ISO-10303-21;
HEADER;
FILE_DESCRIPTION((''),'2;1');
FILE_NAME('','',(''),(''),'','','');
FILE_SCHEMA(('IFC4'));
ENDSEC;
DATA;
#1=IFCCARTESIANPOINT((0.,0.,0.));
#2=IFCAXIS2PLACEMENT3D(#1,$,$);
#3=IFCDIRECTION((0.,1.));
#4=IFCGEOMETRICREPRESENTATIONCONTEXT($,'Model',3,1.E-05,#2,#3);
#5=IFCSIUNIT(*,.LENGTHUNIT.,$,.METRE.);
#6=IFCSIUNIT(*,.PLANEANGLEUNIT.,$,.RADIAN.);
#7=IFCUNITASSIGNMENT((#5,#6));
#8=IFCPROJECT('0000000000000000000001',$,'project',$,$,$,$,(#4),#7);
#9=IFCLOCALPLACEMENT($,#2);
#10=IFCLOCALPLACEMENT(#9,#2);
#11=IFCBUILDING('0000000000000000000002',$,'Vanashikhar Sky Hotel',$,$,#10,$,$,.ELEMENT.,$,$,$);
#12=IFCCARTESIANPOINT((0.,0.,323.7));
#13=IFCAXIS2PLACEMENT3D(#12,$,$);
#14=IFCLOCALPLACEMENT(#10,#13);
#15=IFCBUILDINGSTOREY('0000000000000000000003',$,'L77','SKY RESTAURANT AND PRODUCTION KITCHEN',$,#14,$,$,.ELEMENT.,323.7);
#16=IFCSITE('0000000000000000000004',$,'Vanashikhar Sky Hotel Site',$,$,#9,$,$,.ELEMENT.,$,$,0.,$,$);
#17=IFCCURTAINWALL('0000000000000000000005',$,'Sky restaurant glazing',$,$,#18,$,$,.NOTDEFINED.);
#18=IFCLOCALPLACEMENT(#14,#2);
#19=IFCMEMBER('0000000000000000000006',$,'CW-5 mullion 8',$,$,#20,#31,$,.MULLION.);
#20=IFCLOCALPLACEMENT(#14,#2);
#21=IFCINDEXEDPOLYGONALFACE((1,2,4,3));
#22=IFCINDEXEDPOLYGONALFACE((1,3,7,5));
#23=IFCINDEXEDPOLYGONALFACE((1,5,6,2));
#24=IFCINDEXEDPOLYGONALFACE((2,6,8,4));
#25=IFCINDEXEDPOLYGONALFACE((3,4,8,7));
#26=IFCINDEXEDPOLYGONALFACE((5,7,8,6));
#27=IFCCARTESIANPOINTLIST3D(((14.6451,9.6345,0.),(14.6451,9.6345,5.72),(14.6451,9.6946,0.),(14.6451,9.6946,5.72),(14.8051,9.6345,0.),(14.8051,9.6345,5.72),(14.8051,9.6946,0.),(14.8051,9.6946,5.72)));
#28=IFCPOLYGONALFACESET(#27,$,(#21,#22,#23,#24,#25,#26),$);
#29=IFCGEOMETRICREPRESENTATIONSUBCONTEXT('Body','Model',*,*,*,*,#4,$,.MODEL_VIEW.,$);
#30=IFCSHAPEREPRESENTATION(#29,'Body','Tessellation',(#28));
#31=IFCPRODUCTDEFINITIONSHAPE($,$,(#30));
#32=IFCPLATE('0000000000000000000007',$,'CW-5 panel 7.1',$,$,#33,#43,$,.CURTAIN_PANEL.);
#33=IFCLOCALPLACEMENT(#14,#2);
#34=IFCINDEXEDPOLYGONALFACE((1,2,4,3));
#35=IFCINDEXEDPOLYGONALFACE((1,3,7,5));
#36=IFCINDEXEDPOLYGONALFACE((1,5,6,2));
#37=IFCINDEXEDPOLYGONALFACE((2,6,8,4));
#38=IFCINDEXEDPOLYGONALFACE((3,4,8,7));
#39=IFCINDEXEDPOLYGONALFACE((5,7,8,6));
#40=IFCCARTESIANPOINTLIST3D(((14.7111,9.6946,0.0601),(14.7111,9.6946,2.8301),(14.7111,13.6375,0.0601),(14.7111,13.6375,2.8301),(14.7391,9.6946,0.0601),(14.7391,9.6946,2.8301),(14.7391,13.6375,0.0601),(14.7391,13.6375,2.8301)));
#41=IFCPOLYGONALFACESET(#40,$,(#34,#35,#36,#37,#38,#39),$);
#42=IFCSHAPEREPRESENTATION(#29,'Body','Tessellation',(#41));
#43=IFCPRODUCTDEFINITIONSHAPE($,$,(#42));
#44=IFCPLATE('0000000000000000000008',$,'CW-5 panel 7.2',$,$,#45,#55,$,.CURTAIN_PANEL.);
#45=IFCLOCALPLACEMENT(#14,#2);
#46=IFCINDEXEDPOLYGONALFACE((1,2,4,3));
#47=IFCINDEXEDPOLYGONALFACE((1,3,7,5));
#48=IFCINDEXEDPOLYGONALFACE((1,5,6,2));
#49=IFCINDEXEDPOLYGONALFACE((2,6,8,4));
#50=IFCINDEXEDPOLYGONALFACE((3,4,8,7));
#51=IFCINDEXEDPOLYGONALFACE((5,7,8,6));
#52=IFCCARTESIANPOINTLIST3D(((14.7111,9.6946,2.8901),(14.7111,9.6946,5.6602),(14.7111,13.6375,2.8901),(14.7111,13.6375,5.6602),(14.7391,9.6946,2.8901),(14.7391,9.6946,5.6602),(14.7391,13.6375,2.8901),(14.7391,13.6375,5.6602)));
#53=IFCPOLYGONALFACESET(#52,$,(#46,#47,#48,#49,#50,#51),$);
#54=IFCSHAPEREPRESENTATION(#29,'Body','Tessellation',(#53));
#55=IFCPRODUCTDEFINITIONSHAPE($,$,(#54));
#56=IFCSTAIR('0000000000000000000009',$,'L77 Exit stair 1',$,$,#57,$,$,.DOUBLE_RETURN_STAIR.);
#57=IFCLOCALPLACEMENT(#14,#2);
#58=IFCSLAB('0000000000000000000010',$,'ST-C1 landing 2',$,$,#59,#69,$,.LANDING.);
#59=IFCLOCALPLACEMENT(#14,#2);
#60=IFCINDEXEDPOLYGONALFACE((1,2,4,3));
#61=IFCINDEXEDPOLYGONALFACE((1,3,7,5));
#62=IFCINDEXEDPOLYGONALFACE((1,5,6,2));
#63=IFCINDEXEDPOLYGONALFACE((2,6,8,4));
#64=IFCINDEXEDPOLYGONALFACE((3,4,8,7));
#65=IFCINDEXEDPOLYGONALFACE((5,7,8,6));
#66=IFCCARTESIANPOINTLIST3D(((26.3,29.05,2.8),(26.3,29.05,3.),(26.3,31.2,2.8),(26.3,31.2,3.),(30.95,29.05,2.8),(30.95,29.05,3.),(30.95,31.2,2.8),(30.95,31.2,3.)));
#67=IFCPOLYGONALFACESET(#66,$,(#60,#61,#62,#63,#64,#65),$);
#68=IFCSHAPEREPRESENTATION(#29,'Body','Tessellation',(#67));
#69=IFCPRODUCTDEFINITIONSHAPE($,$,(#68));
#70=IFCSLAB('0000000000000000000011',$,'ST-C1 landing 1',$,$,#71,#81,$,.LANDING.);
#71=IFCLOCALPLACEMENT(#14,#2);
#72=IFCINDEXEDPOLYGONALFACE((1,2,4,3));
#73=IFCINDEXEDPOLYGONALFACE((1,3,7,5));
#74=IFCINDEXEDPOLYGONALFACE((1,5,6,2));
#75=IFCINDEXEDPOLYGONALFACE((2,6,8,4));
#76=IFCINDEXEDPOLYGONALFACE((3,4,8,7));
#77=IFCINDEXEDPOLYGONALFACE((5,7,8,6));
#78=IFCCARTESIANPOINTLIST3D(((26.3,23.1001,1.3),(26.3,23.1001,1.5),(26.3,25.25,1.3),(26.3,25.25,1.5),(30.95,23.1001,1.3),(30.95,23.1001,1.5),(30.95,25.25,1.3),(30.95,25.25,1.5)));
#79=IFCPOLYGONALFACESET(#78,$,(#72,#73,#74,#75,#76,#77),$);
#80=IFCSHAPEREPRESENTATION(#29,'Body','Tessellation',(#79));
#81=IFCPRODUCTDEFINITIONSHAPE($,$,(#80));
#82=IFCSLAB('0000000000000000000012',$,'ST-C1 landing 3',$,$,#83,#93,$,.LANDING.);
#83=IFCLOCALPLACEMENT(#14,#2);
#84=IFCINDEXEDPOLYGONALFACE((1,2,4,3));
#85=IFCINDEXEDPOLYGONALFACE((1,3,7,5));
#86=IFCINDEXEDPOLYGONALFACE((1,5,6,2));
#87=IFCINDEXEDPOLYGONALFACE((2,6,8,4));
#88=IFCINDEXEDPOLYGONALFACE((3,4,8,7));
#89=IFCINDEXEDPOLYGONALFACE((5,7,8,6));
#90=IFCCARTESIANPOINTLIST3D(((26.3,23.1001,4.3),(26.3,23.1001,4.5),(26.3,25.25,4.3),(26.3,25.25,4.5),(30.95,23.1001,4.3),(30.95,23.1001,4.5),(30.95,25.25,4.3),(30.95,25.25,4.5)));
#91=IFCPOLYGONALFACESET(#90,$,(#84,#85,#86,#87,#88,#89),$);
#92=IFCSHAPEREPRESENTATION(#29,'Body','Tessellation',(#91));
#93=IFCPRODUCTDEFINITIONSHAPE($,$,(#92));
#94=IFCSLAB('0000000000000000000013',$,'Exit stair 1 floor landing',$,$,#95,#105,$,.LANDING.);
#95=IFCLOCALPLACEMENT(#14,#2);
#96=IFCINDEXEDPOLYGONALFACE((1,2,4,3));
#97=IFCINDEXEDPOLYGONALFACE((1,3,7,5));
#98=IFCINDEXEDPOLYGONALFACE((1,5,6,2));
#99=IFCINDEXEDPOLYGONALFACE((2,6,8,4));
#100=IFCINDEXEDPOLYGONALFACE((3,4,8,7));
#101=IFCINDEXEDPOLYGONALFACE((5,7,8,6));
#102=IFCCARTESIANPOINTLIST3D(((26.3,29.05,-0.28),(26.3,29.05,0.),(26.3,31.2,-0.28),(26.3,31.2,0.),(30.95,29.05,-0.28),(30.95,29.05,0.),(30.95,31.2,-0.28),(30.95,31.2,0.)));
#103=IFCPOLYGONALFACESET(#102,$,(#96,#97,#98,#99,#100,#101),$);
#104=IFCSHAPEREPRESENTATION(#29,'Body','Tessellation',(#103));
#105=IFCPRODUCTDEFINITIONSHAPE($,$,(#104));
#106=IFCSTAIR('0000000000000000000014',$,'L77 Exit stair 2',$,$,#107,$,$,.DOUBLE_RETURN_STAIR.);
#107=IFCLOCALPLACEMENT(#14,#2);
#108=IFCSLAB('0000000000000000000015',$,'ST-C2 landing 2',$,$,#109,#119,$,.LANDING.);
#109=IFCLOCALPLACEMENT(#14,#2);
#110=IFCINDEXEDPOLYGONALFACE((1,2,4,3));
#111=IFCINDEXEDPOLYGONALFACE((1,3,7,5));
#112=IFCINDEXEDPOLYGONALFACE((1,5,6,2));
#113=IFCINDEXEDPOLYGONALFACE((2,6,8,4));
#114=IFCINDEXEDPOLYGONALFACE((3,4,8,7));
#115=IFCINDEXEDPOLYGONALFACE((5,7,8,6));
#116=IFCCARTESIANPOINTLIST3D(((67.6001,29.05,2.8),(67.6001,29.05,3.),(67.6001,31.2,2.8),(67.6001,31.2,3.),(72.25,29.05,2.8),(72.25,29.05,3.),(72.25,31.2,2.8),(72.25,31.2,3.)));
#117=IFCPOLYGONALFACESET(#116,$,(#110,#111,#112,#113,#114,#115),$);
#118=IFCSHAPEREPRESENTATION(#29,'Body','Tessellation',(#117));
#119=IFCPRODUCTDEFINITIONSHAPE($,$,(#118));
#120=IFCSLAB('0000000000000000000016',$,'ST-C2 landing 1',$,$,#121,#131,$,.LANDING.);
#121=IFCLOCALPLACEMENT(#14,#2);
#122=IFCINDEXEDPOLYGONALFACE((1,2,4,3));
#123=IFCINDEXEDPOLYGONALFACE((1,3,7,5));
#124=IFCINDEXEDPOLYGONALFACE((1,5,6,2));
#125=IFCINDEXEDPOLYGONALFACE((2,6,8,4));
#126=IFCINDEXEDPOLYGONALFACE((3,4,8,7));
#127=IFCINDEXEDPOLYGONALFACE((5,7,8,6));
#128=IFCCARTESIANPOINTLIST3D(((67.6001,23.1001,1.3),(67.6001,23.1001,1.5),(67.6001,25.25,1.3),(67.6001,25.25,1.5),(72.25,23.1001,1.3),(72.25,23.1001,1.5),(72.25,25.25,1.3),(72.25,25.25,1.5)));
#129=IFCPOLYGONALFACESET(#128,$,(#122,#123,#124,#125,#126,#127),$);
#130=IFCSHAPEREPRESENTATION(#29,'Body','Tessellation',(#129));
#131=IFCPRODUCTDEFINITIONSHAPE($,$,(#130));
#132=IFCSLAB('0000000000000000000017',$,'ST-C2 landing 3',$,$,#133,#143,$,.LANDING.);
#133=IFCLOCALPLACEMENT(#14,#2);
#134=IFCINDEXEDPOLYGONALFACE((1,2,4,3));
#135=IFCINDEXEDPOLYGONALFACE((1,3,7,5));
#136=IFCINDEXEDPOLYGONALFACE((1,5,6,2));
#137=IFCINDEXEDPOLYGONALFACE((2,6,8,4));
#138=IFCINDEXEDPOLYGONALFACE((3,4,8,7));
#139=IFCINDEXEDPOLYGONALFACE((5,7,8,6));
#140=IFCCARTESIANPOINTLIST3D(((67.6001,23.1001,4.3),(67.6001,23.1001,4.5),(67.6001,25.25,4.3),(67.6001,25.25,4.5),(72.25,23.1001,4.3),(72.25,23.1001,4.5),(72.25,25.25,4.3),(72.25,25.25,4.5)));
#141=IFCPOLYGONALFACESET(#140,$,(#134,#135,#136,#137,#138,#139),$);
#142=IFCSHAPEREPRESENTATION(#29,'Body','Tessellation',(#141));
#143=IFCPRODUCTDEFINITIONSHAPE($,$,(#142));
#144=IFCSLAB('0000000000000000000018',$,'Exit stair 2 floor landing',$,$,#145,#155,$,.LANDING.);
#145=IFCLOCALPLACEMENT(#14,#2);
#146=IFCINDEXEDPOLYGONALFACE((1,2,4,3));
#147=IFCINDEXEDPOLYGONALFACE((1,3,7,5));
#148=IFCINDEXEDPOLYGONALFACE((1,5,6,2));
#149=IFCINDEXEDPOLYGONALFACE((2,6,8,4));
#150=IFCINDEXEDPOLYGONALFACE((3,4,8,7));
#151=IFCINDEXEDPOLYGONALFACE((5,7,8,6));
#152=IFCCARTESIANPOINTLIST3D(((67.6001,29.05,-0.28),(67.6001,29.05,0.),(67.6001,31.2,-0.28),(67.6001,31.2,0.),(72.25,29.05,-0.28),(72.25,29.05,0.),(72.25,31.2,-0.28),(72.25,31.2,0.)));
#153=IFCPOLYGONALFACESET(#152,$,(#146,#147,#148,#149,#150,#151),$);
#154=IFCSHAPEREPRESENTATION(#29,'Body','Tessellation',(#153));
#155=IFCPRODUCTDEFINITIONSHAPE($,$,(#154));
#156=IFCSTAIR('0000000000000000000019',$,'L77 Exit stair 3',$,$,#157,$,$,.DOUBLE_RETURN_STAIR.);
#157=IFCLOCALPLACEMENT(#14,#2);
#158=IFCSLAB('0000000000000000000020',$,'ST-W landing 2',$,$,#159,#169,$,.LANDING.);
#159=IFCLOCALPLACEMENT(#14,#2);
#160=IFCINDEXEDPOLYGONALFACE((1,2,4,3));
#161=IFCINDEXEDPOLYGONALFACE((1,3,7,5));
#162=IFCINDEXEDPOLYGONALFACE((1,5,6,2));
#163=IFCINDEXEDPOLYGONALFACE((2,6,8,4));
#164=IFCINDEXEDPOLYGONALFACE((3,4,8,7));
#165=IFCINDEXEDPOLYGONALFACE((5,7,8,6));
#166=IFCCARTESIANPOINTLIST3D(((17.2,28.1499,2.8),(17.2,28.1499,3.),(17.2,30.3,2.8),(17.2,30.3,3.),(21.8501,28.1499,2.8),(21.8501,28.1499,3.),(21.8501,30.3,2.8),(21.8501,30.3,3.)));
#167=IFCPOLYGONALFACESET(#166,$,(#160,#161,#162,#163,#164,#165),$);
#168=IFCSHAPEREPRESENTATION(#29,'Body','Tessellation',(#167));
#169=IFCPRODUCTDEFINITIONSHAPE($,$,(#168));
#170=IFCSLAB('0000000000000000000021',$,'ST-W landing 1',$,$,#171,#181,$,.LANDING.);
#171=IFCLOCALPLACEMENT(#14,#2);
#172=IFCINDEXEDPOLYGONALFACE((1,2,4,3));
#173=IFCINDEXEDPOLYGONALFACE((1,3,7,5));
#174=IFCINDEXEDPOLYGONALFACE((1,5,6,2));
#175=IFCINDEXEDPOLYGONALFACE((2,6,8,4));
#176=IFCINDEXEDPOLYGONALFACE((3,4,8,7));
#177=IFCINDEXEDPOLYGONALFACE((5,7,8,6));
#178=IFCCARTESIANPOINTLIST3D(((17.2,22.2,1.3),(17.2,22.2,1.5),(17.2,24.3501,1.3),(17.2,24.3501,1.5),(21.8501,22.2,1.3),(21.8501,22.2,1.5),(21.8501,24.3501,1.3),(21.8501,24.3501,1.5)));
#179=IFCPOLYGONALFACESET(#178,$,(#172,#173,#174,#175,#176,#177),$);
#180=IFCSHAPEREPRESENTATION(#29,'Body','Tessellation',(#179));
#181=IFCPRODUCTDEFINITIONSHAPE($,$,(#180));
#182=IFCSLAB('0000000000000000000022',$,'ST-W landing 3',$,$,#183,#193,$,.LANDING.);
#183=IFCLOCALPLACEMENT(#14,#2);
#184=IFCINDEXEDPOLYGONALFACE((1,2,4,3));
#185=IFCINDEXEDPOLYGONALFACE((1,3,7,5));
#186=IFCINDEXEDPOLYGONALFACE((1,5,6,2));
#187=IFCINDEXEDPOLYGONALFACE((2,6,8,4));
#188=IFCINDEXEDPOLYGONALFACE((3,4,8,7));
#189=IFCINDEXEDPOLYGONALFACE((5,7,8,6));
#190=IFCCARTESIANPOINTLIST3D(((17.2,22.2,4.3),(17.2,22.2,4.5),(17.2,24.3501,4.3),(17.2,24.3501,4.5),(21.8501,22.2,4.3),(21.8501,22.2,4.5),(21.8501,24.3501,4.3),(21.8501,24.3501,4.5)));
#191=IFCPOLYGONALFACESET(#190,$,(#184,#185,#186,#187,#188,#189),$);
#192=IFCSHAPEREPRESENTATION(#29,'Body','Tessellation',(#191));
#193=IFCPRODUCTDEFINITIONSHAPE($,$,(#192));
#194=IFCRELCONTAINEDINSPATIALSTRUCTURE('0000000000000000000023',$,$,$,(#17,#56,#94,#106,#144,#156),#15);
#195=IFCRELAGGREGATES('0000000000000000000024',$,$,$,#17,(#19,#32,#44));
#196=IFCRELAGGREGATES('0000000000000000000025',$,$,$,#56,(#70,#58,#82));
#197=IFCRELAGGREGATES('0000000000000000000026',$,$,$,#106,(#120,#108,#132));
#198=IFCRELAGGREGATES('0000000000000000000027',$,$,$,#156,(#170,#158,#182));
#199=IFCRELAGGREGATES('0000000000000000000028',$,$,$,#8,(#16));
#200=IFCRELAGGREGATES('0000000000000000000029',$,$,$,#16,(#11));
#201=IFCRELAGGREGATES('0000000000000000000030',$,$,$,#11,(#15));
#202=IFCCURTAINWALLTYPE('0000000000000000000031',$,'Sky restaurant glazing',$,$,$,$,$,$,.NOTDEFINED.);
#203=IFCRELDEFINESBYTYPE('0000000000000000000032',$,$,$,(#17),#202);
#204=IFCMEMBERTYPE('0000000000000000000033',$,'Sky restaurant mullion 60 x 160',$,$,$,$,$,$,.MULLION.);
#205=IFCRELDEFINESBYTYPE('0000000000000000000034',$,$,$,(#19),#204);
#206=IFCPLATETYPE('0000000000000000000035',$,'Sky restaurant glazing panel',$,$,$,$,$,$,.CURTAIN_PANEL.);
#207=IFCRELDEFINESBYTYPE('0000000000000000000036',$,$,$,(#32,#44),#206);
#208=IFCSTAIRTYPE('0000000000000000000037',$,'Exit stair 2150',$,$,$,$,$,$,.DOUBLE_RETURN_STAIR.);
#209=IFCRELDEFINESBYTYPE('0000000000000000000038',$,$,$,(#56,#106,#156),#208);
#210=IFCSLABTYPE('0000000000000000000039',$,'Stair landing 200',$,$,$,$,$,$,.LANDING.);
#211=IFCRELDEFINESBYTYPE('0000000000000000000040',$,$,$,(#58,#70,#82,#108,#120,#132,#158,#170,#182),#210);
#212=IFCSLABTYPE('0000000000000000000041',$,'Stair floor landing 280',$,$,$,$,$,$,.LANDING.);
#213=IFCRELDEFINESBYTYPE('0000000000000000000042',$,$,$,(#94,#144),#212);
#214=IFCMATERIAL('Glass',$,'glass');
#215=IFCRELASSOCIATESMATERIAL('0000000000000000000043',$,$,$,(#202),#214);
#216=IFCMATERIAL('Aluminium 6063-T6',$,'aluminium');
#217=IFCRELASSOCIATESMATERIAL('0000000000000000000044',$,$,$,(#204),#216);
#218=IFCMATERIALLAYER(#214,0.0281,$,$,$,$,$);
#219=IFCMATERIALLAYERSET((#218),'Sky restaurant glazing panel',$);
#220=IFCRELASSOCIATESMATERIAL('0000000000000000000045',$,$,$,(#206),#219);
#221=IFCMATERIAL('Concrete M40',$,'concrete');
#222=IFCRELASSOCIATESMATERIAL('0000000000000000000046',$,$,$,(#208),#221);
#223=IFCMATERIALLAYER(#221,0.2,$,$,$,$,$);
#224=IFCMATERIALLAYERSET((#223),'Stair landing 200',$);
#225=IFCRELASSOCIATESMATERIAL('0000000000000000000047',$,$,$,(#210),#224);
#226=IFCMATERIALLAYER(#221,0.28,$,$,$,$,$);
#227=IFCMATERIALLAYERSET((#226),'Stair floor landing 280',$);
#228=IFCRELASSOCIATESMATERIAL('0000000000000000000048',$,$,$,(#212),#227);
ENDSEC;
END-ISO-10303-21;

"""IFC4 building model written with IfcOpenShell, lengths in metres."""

from ifc_helpers import new_model, si_unit, direction, frame, origin, origin_2d, place, context, subcontext, project, spatial, polyline, rectangle, outline, extrude, source, transform, mapped, material, layer, layer_set, material_profile, profile_set, type_object, element, aggregate, save


model = new_model("IFC4")

# Units and contexts
model_context = context("Model", 3, precision=1e-05, world=origin(), true_north=direction((0.0, 1.0)))
body_context = subcontext(model_context, "Body", "Model", "MODEL_VIEW")
ifc_project = project(units=[si_unit("LENGTHUNIT", "METRE"), si_unit("PLANEANGLEUNIT", "RADIAN")], contexts=[model_context])

# Site, building, storey
site_placement = place(None, origin())
site = spatial("IfcSite", under=ifc_project, at=site_placement, Name="Vanashikhar Sky Hotel Site", CompositionType="ELEMENT", RefElevation=0.0)
building_placement = place(site_placement, origin())
building = spatial("IfcBuilding", under=site, at=building_placement, Name="Vanashikhar Sky Hotel", CompositionType="ELEMENT")
storey_placement = place(building_placement, frame((0.0, 0.0, 323.7)))
storey = spatial("IfcBuildingStorey", under=building, at=storey_placement, Name="L77", Description="SKY RESTAURANT AND PRODUCTION KITCHEN", CompositionType="ELEMENT", Elevation=323.7)

# Curtain wall, member
ifc_material_1 = material(Name="Glass", Category="glass")
curtain_wall_type = type_object("IfcCurtainWallType", Name="Sky restaurant glazing", PredefinedType="NOTDEFINED", material=ifc_material_1)
curtain_wall_placement = place(storey_placement, origin())
curtain_wall = element("IfcCurtainWall", 1, at=curtain_wall_placement, inside=storey, type_object=curtain_wall_type, Name="Sky restaurant glazing", PredefinedType="NOTDEFINED")
ifc_material_2 = material(Name="Aluminium 6063-T6", Category="aluminium")
ifc_material_profile = material_profile(ifc_material_2, rectangle(XDim=0.1599, YDim=0.0601, at=origin_2d()))
ifc_profile_set = profile_set([ifc_material_profile], Name="Aluminium 6063-T6")
member_type = type_object("IfcMemberType", Name="Sky restaurant mullion 60 x 160", PredefinedType="MULLION", material=ifc_profile_set)
shared_shape_1 = source(origin(), body_context, "Body", "SweptSolid", [
    extrude(rectangle(XDim=0.1599, YDim=0.0601, at=origin_2d()), origin(), (0.0, 0.0, 1.0), 5.72),
])
member_placement = place(storey_placement, frame((14.7251, 9.6646, 0.0), z_axis=(0.0, 0.0, 1.0), x_axis=(1.0, 0.0, 0.0)))
member = element("IfcMember", 2, at=member_placement, type_object=member_type, Name="CW-5 mullion 8", PredefinedType="MULLION", context=body_context, shape_type="MappedRepresentation", body=[
    mapped(shared_shape_1, transform((0.0, 0.0, 0.0), scale=1.0)),
])

# Shared definitions
ifc_material_3 = material(Name="Concrete M40", Category="concrete")

# Plates
ifc_layer_1 = layer(ifc_material_1, 0.0281)
ifc_layer_set_1 = layer_set([ifc_layer_1], Name="Sky restaurant glazing panel")
plate_type = type_object("IfcPlateType", Name="Sky restaurant glazing panel", PredefinedType="CURTAIN_PANEL", material=ifc_layer_set_1)
shared_shape_2 = source(origin(), body_context, "Body", "SweptSolid", [
    extrude(rectangle(XDim=3.9429, YDim=0.0281, at=origin_2d()), origin(), (0.0, 0.0, 1.0), 2.77),
])
plate_1_placement = place(storey_placement, frame((14.7251, 11.666, 0.0601), z_axis=(0.0, 0.0, 1.0), x_axis=(0.0, -1.0, 0.0)))
plate_1 = element("IfcPlate", 3, at=plate_1_placement, type_object=plate_type, Name="CW-5 panel 7.1", PredefinedType="CURTAIN_PANEL", context=body_context, shape_type="MappedRepresentation", body=[
    mapped(shared_shape_2, transform((0.0, 0.0, 0.0), scale=1.0)),
])
plate_2_placement = place(storey_placement, frame((14.7251, 11.666, 2.8901), z_axis=(0.0, 0.0, 1.0), x_axis=(0.0, -1.0, 0.0)))
plate_2 = element("IfcPlate", 4, at=plate_2_placement, type_object=plate_type, Name="CW-5 panel 7.2", PredefinedType="CURTAIN_PANEL", context=body_context, shape_type="MappedRepresentation", body=[
    mapped(shared_shape_2, transform((0.0, 0.0, 0.0), scale=1.0)),
])
aggregate(curtain_wall, [member, plate_1, plate_2])

# Stair, slabs
stair_type = type_object("IfcStairType", Name="Exit stair 2150", PredefinedType="DOUBLE_RETURN_STAIR", material=ifc_material_3)
stair_1_placement = place(storey_placement, origin())
stair_1 = element("IfcStair", 5, at=stair_1_placement, inside=storey, type_object=stair_type, Name="L77 Exit stair 1", PredefinedType="DOUBLE_RETURN_STAIR")
ifc_layer_2 = layer(ifc_material_3, 0.2)
ifc_layer_set_2 = layer_set([ifc_layer_2], Name="Stair landing 200")
slab_type_1 = type_object("IfcSlabType", Name="Stair landing 200", PredefinedType="LANDING", material=ifc_layer_set_2)
shared_shape_3 = source(origin(), body_context, "Body", "SweptSolid", [
    extrude(outline(polyline([(30.95, 29.05), (30.95, 31.2), (26.3, 31.2), (26.3, 29.05), (30.95, 29.05)])), origin(), (0.0, 0.0, 1.0), 0.2),
])
slab_1_placement = place(storey_placement, frame((0.0, 0.0, 2.8)))
slab_1 = element("IfcSlab", 6, at=slab_1_placement, type_object=slab_type_1, Name="ST-C1 landing 2", PredefinedType="LANDING", context=body_context, shape_type="MappedRepresentation", body=[
    mapped(shared_shape_3, transform((0.0, 0.0, 0.0), scale=1.0)),
])
shared_shape_4 = source(origin(), body_context, "Body", "SweptSolid", [
    extrude(outline(polyline([(30.95, 23.1001), (30.95, 25.25), (26.3, 25.25), (26.3, 23.1001), (30.95, 23.1001)])), origin(), (0.0, 0.0, 1.0), 0.2),
])
slab_2_placement = place(storey_placement, frame((0.0, 0.0, 1.3)))
slab_2 = element("IfcSlab", 7, at=slab_2_placement, type_object=slab_type_1, Name="ST-C1 landing 1", PredefinedType="LANDING", context=body_context, shape_type="MappedRepresentation", body=[
    mapped(shared_shape_4, transform((0.0, 0.0, 0.0), scale=1.0)),
])
slab_3_placement = place(storey_placement, frame((0.0, 0.0, 4.3)))
slab_3 = element("IfcSlab", 8, at=slab_3_placement, type_object=slab_type_1, Name="ST-C1 landing 3", PredefinedType="LANDING", context=body_context, shape_type="MappedRepresentation", body=[
    mapped(shared_shape_4, transform((0.0, 0.0, 0.0), scale=1.0)),
])
aggregate(stair_1, [slab_2, slab_1, slab_3])

# Slab
ifc_layer_3 = layer(ifc_material_3, 0.28)
ifc_layer_set_3 = layer_set([ifc_layer_3], Name="Stair floor landing 280")
slab_type_2 = type_object("IfcSlabType", Name="Stair floor landing 280", PredefinedType="LANDING", material=ifc_layer_set_3)
shared_shape_5 = source(origin(), body_context, "Body", "SweptSolid", [
    extrude(outline(polyline([(30.95, 29.05), (30.95, 31.2), (26.3, 31.2), (26.3, 29.05), (30.95, 29.05)])), origin(), (0.0, 0.0, 1.0), 0.28),
])
slab_4_placement = place(storey_placement, frame((0.0, 0.0, -0.28)))
element("IfcSlab", 9, at=slab_4_placement, inside=storey, type_object=slab_type_2, Name="Exit stair 1 floor landing", PredefinedType="LANDING", context=body_context, shape_type="MappedRepresentation", body=[
    mapped(shared_shape_5, transform((0.0, 0.0, 0.0), scale=1.0)),
])

# Stair, slabs
stair_2_placement = place(storey_placement, origin())
stair_2 = element("IfcStair", 10, at=stair_2_placement, inside=storey, type_object=stair_type, Name="L77 Exit stair 2", PredefinedType="DOUBLE_RETURN_STAIR")
shared_shape_6 = source(origin(), body_context, "Body", "SweptSolid", [
    extrude(outline(polyline([(72.25, 29.05), (72.25, 31.2), (67.6001, 31.2), (67.6001, 29.05), (72.25, 29.05)])), origin(), (0.0, 0.0, 1.0), 0.2),
])
slab_5_placement = place(storey_placement, frame((0.0, 0.0, 2.8)))
slab_5 = element("IfcSlab", 11, at=slab_5_placement, type_object=slab_type_1, Name="ST-C2 landing 2", PredefinedType="LANDING", context=body_context, shape_type="MappedRepresentation", body=[
    mapped(shared_shape_6, transform((0.0, 0.0, 0.0), scale=1.0)),
])
shared_shape_7 = source(origin(), body_context, "Body", "SweptSolid", [
    extrude(outline(polyline([(72.25, 23.1001), (72.25, 25.25), (67.6001, 25.25), (67.6001, 23.1001), (72.25, 23.1001)])), origin(), (0.0, 0.0, 1.0), 0.2),
])
slab_6_placement = place(storey_placement, frame((0.0, 0.0, 1.3)))
slab_6 = element("IfcSlab", 12, at=slab_6_placement, type_object=slab_type_1, Name="ST-C2 landing 1", PredefinedType="LANDING", context=body_context, shape_type="MappedRepresentation", body=[
    mapped(shared_shape_7, transform((0.0, 0.0, 0.0), scale=1.0)),
])
slab_7_placement = place(storey_placement, frame((0.0, 0.0, 4.3)))
slab_7 = element("IfcSlab", 13, at=slab_7_placement, type_object=slab_type_1, Name="ST-C2 landing 3", PredefinedType="LANDING", context=body_context, shape_type="MappedRepresentation", body=[
    mapped(shared_shape_7, transform((0.0, 0.0, 0.0), scale=1.0)),
])
aggregate(stair_2, [slab_6, slab_5, slab_7])

# Slab
shared_shape_8 = source(origin(), body_context, "Body", "SweptSolid", [
    extrude(outline(polyline([(72.25, 29.05), (72.25, 31.2), (67.6001, 31.2), (67.6001, 29.05), (72.25, 29.05)])), origin(), (0.0, 0.0, 1.0), 0.28),
])
slab_8_placement = place(storey_placement, frame((0.0, 0.0, -0.28)))
element("IfcSlab", 14, at=slab_8_placement, inside=storey, type_object=slab_type_2, Name="Exit stair 2 floor landing", PredefinedType="LANDING", context=body_context, shape_type="MappedRepresentation", body=[
    mapped(shared_shape_8, transform((0.0, 0.0, 0.0), scale=1.0)),
])

# Stair, slabs
stair_3_placement = place(storey_placement, origin())
stair_3 = element("IfcStair", 15, at=stair_3_placement, inside=storey, type_object=stair_type, Name="L77 Exit stair 3", PredefinedType="DOUBLE_RETURN_STAIR")
shared_shape_9 = source(origin(), body_context, "Body", "SweptSolid", [
    extrude(outline(polyline([(21.8501, 28.1499), (21.8501, 30.3), (17.2, 30.3), (17.2, 28.1499), (21.8501, 28.1499)])), origin(), (0.0, 0.0, 1.0), 0.2),
])
slab_9_placement = place(storey_placement, frame((0.0, 0.0, 2.8)))
slab_9 = element("IfcSlab", 16, at=slab_9_placement, type_object=slab_type_1, Name="ST-W landing 2", PredefinedType="LANDING", context=body_context, shape_type="MappedRepresentation", body=[
    mapped(shared_shape_9, transform((0.0, 0.0, 0.0), scale=1.0)),
])
shared_shape_10 = source(origin(), body_context, "Body", "SweptSolid", [
    extrude(outline(polyline([(21.8501, 22.2), (21.8501, 24.3501), (17.2, 24.3501), (17.2, 22.2), (21.8501, 22.2)])), origin(), (0.0, 0.0, 1.0), 0.2),
])
slab_10_placement = place(storey_placement, frame((0.0, 0.0, 1.3)))
slab_10 = element("IfcSlab", 17, at=slab_10_placement, type_object=slab_type_1, Name="ST-W landing 1", PredefinedType="LANDING", context=body_context, shape_type="MappedRepresentation", body=[
    mapped(shared_shape_10, transform((0.0, 0.0, 0.0), scale=1.0)),
])
slab_11_placement = place(storey_placement, frame((0.0, 0.0, 4.3)))
slab_11 = element("IfcSlab", 18, at=slab_11_placement, type_object=slab_type_1, Name="ST-W landing 3", PredefinedType="LANDING", context=body_context, shape_type="MappedRepresentation", body=[
    mapped(shared_shape_10, transform((0.0, 0.0, 0.0), scale=1.0)),
])
aggregate(stair_3, [slab_10, slab_9, slab_11])

save(model, "model.ifc")
